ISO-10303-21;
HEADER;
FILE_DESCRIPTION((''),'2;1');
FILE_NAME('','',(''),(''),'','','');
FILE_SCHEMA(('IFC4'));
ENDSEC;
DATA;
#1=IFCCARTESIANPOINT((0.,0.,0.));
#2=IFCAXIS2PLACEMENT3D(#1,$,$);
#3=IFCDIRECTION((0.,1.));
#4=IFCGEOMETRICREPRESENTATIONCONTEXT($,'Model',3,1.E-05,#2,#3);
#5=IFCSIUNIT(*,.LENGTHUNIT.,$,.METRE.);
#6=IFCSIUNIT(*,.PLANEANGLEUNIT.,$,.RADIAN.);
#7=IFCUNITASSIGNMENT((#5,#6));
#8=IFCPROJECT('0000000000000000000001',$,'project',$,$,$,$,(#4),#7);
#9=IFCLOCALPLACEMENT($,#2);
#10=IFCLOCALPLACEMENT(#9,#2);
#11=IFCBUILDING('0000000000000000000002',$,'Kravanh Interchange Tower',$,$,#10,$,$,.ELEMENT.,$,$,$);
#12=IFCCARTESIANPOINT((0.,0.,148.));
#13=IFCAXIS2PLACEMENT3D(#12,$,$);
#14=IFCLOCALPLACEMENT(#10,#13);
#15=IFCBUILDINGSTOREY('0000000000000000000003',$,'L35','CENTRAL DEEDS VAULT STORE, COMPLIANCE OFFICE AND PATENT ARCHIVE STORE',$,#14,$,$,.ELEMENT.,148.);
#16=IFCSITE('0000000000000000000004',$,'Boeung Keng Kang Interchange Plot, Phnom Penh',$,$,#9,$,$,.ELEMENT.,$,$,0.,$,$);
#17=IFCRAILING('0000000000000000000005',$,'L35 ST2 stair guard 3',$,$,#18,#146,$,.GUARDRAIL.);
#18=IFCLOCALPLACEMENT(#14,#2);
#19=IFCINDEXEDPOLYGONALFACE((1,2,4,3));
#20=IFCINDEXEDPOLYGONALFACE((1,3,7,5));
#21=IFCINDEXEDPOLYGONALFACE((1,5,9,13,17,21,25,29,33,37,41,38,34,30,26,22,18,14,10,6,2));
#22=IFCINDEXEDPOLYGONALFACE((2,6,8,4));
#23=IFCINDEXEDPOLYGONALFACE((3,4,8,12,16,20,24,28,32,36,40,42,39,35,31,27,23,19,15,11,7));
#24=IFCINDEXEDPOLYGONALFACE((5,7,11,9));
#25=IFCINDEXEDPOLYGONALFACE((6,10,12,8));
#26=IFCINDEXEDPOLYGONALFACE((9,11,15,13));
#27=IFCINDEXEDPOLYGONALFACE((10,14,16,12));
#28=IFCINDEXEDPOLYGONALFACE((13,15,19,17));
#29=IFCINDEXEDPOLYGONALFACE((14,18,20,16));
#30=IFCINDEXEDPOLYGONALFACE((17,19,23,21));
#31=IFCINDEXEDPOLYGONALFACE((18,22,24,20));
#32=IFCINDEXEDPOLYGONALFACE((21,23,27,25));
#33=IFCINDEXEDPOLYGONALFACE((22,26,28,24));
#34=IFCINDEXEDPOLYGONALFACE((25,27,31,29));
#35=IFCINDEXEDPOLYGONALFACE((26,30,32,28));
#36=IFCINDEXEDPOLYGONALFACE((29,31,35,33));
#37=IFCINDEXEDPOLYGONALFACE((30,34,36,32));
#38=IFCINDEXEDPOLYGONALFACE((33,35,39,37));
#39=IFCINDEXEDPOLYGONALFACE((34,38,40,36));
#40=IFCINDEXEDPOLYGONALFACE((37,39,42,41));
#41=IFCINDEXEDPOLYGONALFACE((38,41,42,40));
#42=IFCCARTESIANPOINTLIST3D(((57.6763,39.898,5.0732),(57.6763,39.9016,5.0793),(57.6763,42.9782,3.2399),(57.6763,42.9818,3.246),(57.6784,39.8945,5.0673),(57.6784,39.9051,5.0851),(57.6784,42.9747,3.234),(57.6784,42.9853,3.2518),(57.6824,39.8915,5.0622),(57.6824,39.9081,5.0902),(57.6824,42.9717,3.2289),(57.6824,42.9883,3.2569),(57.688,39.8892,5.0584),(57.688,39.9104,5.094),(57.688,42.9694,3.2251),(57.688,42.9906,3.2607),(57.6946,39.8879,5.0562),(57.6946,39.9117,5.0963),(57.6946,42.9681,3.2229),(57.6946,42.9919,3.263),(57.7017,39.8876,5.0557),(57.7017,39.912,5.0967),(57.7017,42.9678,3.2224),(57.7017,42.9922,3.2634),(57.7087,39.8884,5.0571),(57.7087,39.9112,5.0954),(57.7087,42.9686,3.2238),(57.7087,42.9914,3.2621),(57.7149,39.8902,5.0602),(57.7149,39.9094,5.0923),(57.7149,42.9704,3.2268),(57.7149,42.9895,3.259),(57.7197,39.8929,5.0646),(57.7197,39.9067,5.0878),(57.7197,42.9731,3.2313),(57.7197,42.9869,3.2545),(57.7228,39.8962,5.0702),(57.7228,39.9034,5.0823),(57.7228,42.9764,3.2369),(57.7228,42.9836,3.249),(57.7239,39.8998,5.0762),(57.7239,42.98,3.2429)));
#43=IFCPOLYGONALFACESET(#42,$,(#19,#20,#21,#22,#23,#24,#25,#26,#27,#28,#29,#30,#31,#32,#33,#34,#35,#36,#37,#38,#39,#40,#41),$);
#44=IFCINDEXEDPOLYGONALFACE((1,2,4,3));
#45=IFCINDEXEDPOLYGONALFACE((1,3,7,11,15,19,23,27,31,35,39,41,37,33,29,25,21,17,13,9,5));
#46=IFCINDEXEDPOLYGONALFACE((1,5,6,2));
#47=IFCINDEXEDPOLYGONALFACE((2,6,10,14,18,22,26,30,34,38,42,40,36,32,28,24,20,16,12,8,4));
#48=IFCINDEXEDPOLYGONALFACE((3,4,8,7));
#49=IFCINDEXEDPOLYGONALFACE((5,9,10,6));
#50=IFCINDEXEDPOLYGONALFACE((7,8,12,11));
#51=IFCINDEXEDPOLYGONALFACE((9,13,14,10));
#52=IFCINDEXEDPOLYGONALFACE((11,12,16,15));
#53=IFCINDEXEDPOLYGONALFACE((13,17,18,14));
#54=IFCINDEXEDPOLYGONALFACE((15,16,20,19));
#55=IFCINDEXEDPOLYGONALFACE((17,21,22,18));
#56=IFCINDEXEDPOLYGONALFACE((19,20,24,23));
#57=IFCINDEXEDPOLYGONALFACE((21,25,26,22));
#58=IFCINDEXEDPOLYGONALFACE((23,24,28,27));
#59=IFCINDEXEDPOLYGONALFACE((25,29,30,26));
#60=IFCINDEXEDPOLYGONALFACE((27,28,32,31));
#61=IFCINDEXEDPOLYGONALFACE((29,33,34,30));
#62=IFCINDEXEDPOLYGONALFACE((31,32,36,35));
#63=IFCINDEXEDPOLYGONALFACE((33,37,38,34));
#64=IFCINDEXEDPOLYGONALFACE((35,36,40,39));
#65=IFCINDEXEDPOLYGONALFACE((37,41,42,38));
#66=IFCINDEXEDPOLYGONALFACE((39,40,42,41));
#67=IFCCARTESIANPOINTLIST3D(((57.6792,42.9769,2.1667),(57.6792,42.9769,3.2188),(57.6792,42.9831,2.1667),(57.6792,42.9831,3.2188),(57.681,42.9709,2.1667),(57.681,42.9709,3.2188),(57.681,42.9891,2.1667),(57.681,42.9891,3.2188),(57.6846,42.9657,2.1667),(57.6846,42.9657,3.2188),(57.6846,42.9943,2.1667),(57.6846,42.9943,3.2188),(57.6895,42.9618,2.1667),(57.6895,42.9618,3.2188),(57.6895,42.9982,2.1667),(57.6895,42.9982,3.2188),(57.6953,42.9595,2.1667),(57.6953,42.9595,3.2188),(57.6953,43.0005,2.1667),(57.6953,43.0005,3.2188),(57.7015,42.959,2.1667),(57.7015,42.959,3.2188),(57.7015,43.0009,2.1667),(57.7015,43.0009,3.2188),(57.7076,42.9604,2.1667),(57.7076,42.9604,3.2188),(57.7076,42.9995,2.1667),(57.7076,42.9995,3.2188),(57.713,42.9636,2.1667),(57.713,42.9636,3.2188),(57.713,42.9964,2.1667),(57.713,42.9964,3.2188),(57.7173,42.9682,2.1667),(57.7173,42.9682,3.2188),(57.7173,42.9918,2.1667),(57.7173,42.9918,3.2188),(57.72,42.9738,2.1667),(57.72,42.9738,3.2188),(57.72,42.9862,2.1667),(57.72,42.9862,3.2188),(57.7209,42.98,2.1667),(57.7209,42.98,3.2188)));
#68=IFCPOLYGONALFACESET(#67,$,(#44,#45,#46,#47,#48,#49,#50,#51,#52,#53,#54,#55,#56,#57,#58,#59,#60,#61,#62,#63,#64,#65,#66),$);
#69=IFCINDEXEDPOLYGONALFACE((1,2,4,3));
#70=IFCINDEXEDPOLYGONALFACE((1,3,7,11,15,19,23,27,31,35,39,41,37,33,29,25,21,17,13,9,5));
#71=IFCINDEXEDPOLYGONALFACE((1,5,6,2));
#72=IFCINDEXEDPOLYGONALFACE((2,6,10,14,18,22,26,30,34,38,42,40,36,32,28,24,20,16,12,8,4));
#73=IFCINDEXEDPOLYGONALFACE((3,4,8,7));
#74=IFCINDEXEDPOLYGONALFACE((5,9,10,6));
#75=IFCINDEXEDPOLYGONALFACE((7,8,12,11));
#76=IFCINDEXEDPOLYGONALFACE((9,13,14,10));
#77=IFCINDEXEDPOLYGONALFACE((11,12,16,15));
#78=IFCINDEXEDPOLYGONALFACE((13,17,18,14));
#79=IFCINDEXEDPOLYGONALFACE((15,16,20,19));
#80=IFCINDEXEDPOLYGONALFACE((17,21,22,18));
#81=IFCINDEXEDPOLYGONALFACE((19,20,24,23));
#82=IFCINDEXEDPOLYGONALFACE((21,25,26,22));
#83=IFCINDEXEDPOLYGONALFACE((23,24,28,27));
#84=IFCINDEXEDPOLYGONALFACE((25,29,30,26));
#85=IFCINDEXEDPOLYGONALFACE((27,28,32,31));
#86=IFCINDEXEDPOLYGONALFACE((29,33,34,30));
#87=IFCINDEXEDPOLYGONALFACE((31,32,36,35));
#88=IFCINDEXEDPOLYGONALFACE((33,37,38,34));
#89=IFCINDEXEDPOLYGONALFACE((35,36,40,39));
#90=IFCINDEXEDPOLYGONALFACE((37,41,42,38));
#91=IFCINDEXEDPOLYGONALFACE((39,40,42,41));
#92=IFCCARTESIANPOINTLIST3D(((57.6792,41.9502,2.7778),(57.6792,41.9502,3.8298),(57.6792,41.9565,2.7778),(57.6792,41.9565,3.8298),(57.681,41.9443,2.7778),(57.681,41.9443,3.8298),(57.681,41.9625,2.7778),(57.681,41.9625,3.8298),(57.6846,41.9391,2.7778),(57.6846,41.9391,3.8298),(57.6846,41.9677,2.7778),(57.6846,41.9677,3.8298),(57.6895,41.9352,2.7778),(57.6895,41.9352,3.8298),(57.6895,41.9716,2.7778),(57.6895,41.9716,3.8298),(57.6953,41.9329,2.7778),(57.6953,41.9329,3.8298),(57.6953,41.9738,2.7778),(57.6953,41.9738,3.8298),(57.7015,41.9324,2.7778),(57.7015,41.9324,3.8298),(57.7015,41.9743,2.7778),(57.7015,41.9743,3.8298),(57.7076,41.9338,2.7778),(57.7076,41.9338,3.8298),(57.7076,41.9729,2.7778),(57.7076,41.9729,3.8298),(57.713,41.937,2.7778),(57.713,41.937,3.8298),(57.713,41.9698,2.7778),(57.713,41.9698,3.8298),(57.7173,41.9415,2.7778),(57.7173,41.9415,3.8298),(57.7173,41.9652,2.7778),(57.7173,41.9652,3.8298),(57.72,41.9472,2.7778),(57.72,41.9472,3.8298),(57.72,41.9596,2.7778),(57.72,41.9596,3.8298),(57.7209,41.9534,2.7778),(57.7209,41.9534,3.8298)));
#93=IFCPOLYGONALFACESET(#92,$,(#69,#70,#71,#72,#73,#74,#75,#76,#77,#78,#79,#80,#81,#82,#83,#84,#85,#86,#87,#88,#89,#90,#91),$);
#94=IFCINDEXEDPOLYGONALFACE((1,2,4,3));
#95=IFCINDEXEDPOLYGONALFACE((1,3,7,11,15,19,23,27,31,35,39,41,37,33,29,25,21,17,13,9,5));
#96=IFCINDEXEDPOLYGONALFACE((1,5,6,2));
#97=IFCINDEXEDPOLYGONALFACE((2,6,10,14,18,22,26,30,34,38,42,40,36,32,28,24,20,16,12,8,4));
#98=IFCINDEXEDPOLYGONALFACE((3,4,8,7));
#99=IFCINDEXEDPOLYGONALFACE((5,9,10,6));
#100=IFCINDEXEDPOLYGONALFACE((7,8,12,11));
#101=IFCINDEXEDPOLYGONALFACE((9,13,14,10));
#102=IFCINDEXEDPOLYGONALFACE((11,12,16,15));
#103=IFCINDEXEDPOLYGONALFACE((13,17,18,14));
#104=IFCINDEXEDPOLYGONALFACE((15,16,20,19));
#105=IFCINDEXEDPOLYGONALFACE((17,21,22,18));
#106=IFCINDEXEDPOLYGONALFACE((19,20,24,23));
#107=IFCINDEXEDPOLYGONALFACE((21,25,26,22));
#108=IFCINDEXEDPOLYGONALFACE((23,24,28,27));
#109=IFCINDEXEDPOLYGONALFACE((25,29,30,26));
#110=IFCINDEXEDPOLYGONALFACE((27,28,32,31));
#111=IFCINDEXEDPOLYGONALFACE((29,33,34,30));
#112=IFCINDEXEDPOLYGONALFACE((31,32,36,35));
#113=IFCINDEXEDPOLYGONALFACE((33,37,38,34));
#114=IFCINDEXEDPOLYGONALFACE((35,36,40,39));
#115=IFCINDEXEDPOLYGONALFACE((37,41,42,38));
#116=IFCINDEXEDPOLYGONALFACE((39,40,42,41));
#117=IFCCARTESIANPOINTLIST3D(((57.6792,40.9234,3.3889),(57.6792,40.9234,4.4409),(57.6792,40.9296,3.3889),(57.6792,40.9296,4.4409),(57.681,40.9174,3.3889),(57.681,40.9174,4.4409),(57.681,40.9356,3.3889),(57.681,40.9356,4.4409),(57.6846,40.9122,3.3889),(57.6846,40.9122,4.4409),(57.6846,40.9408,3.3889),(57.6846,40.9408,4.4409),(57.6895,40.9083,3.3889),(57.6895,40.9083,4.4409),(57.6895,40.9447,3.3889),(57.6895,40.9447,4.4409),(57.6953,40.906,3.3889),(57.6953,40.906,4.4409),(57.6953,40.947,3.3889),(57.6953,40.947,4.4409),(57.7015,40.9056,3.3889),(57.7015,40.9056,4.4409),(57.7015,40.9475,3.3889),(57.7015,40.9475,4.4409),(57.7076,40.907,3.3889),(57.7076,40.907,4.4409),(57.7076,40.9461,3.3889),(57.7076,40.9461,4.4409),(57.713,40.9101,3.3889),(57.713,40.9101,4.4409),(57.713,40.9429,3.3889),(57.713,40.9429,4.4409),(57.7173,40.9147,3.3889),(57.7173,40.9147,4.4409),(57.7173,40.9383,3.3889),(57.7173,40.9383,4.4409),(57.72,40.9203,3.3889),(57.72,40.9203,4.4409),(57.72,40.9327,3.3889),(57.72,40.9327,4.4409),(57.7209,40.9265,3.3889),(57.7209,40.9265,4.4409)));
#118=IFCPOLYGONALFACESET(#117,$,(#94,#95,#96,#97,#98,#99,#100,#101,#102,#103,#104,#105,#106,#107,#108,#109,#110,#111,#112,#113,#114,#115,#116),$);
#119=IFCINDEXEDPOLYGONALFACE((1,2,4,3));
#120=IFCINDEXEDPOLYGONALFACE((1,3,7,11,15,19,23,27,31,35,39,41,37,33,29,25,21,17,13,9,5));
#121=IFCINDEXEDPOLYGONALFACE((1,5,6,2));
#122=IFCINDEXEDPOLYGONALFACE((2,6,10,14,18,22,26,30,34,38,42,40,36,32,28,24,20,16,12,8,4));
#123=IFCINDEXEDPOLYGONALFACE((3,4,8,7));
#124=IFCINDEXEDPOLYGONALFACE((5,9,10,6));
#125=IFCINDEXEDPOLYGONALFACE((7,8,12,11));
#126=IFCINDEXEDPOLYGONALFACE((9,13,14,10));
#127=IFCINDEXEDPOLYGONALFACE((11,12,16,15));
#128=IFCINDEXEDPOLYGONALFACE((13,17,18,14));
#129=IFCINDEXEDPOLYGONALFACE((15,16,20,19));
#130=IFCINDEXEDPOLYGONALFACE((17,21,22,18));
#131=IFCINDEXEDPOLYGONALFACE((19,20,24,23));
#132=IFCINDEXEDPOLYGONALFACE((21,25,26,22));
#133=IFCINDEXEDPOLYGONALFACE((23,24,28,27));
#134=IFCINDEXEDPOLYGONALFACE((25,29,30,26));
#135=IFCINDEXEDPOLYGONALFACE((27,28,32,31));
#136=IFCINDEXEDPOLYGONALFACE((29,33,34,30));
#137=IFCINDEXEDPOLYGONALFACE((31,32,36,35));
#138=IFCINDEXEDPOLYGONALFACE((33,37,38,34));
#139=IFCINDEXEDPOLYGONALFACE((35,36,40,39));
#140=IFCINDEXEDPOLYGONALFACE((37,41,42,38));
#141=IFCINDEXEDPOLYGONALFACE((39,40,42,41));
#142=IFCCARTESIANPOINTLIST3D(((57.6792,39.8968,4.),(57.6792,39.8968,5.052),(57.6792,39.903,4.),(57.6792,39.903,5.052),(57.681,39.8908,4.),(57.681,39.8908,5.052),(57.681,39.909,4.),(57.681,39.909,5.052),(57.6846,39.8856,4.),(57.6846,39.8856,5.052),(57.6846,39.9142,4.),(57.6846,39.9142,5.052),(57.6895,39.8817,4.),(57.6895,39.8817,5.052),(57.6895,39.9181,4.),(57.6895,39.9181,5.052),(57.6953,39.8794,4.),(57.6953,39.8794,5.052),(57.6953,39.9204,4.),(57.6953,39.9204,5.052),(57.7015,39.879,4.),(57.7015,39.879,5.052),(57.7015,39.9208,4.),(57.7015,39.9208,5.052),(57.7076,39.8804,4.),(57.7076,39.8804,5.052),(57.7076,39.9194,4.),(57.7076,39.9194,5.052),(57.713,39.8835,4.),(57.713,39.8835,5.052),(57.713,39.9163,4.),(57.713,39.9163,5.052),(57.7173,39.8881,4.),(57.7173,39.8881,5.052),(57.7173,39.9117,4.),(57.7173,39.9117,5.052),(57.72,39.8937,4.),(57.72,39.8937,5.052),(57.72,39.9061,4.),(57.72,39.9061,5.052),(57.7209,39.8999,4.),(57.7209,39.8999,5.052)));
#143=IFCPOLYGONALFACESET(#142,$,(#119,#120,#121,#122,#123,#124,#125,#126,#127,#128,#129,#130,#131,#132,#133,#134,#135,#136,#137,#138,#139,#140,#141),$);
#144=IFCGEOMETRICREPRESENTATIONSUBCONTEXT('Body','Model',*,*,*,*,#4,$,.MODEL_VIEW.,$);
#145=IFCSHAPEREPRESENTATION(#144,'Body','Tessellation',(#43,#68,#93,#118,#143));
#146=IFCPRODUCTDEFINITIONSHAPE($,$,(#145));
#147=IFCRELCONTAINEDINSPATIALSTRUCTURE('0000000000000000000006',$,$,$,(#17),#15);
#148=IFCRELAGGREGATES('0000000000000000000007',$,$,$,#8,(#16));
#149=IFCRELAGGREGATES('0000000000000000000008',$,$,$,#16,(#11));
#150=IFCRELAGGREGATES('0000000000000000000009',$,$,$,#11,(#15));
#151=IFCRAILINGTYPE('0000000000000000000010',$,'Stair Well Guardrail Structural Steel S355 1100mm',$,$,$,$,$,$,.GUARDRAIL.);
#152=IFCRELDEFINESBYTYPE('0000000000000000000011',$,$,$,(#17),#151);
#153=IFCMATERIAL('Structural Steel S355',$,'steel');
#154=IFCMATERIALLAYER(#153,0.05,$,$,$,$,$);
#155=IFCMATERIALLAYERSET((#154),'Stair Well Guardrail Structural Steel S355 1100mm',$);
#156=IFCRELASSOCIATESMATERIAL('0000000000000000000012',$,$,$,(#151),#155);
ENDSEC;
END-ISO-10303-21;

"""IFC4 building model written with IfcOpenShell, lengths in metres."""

from ifc_helpers import new_model, si_unit, direction, frame, origin, origin_2d, place, context, subcontext, project, spatial, circle, extrude, material, layer, layer_set, type_object, element, save


model = new_model("IFC4")

# Units and contexts
model_context = context("Model", 3, precision=1e-05, world=origin(), true_north=direction((0.0, 1.0)))
body_context = subcontext(model_context, "Body", "Model", "MODEL_VIEW")
ifc_project = project(units=[si_unit("LENGTHUNIT", "METRE"), si_unit("PLANEANGLEUNIT", "RADIAN")], contexts=[model_context])

# Site, building, storey
site_placement = place(None, origin())
site = spatial("IfcSite", under=ifc_project, at=site_placement, Name="Boeung Keng Kang Interchange Plot, Phnom Penh", CompositionType="ELEMENT", RefElevation=0.0)
building_placement = place(site_placement, origin())
building = spatial("IfcBuilding", under=site, at=building_placement, Name="Kravanh Interchange Tower", CompositionType="ELEMENT")
storey_placement = place(building_placement, frame((0.0, 0.0, 148.0)))
storey = spatial("IfcBuildingStorey", under=building, at=storey_placement, Name="L35", Description="CENTRAL DEEDS VAULT STORE, COMPLIANCE OFFICE AND PATENT ARCHIVE STORE", CompositionType="ELEMENT", Elevation=148.0)

# Railing
ifc_material_1 = material(Name="Structural Steel S355", Category="steel")
ifc_layer_1 = layer(ifc_material_1, 0.05)
ifc_layer_set_1 = layer_set([ifc_layer_1], Name="Stair Well Guardrail Structural Steel S355 1100mm")
railing_type_1 = type_object("IfcRailingType", Name="Stair Well Guardrail Structural Steel S355 1100mm", PredefinedType="GUARDRAIL", material=ifc_layer_set_1)
railing_1_placement = place(storey_placement, frame((57.7, 42.98, 2.1667)))
element("IfcRailing", 1, at=railing_1_placement, inside=storey, type_object=railing_type_1, Name="L35 ST2 stair guard 3", PredefinedType="GUARDRAIL", context=body_context, shape_type="SweptSolid", body=[
    extrude(circle(Radius=0.0239, at=origin_2d()), frame((0.0, 0.0, 1.0762), z_axis=(0.0, -0.859309, 0.511458), x_axis=(1.0, 0.0, 0.0)), (0.0, 0.0, 1.0), 3.5845),
    extrude(circle(Radius=0.021, at=origin_2d()), origin(), (0.0, 0.0, 1.0), 1.052),
    extrude(circle(Radius=0.021, at=origin_2d()), frame((0.0, -1.0266, 0.6111)), (0.0, 0.0, 1.0), 1.052),
    extrude(circle(Radius=0.021, at=origin_2d()), frame((0.0, -2.0535, 1.2222)), (0.0, 0.0, 1.0), 1.052),
    extrude(circle(Radius=0.021, at=origin_2d()), frame((0.0, -3.0801, 1.8333)), (0.0, 0.0, 1.0), 1.052),
])

save(model, "model.ifc")
